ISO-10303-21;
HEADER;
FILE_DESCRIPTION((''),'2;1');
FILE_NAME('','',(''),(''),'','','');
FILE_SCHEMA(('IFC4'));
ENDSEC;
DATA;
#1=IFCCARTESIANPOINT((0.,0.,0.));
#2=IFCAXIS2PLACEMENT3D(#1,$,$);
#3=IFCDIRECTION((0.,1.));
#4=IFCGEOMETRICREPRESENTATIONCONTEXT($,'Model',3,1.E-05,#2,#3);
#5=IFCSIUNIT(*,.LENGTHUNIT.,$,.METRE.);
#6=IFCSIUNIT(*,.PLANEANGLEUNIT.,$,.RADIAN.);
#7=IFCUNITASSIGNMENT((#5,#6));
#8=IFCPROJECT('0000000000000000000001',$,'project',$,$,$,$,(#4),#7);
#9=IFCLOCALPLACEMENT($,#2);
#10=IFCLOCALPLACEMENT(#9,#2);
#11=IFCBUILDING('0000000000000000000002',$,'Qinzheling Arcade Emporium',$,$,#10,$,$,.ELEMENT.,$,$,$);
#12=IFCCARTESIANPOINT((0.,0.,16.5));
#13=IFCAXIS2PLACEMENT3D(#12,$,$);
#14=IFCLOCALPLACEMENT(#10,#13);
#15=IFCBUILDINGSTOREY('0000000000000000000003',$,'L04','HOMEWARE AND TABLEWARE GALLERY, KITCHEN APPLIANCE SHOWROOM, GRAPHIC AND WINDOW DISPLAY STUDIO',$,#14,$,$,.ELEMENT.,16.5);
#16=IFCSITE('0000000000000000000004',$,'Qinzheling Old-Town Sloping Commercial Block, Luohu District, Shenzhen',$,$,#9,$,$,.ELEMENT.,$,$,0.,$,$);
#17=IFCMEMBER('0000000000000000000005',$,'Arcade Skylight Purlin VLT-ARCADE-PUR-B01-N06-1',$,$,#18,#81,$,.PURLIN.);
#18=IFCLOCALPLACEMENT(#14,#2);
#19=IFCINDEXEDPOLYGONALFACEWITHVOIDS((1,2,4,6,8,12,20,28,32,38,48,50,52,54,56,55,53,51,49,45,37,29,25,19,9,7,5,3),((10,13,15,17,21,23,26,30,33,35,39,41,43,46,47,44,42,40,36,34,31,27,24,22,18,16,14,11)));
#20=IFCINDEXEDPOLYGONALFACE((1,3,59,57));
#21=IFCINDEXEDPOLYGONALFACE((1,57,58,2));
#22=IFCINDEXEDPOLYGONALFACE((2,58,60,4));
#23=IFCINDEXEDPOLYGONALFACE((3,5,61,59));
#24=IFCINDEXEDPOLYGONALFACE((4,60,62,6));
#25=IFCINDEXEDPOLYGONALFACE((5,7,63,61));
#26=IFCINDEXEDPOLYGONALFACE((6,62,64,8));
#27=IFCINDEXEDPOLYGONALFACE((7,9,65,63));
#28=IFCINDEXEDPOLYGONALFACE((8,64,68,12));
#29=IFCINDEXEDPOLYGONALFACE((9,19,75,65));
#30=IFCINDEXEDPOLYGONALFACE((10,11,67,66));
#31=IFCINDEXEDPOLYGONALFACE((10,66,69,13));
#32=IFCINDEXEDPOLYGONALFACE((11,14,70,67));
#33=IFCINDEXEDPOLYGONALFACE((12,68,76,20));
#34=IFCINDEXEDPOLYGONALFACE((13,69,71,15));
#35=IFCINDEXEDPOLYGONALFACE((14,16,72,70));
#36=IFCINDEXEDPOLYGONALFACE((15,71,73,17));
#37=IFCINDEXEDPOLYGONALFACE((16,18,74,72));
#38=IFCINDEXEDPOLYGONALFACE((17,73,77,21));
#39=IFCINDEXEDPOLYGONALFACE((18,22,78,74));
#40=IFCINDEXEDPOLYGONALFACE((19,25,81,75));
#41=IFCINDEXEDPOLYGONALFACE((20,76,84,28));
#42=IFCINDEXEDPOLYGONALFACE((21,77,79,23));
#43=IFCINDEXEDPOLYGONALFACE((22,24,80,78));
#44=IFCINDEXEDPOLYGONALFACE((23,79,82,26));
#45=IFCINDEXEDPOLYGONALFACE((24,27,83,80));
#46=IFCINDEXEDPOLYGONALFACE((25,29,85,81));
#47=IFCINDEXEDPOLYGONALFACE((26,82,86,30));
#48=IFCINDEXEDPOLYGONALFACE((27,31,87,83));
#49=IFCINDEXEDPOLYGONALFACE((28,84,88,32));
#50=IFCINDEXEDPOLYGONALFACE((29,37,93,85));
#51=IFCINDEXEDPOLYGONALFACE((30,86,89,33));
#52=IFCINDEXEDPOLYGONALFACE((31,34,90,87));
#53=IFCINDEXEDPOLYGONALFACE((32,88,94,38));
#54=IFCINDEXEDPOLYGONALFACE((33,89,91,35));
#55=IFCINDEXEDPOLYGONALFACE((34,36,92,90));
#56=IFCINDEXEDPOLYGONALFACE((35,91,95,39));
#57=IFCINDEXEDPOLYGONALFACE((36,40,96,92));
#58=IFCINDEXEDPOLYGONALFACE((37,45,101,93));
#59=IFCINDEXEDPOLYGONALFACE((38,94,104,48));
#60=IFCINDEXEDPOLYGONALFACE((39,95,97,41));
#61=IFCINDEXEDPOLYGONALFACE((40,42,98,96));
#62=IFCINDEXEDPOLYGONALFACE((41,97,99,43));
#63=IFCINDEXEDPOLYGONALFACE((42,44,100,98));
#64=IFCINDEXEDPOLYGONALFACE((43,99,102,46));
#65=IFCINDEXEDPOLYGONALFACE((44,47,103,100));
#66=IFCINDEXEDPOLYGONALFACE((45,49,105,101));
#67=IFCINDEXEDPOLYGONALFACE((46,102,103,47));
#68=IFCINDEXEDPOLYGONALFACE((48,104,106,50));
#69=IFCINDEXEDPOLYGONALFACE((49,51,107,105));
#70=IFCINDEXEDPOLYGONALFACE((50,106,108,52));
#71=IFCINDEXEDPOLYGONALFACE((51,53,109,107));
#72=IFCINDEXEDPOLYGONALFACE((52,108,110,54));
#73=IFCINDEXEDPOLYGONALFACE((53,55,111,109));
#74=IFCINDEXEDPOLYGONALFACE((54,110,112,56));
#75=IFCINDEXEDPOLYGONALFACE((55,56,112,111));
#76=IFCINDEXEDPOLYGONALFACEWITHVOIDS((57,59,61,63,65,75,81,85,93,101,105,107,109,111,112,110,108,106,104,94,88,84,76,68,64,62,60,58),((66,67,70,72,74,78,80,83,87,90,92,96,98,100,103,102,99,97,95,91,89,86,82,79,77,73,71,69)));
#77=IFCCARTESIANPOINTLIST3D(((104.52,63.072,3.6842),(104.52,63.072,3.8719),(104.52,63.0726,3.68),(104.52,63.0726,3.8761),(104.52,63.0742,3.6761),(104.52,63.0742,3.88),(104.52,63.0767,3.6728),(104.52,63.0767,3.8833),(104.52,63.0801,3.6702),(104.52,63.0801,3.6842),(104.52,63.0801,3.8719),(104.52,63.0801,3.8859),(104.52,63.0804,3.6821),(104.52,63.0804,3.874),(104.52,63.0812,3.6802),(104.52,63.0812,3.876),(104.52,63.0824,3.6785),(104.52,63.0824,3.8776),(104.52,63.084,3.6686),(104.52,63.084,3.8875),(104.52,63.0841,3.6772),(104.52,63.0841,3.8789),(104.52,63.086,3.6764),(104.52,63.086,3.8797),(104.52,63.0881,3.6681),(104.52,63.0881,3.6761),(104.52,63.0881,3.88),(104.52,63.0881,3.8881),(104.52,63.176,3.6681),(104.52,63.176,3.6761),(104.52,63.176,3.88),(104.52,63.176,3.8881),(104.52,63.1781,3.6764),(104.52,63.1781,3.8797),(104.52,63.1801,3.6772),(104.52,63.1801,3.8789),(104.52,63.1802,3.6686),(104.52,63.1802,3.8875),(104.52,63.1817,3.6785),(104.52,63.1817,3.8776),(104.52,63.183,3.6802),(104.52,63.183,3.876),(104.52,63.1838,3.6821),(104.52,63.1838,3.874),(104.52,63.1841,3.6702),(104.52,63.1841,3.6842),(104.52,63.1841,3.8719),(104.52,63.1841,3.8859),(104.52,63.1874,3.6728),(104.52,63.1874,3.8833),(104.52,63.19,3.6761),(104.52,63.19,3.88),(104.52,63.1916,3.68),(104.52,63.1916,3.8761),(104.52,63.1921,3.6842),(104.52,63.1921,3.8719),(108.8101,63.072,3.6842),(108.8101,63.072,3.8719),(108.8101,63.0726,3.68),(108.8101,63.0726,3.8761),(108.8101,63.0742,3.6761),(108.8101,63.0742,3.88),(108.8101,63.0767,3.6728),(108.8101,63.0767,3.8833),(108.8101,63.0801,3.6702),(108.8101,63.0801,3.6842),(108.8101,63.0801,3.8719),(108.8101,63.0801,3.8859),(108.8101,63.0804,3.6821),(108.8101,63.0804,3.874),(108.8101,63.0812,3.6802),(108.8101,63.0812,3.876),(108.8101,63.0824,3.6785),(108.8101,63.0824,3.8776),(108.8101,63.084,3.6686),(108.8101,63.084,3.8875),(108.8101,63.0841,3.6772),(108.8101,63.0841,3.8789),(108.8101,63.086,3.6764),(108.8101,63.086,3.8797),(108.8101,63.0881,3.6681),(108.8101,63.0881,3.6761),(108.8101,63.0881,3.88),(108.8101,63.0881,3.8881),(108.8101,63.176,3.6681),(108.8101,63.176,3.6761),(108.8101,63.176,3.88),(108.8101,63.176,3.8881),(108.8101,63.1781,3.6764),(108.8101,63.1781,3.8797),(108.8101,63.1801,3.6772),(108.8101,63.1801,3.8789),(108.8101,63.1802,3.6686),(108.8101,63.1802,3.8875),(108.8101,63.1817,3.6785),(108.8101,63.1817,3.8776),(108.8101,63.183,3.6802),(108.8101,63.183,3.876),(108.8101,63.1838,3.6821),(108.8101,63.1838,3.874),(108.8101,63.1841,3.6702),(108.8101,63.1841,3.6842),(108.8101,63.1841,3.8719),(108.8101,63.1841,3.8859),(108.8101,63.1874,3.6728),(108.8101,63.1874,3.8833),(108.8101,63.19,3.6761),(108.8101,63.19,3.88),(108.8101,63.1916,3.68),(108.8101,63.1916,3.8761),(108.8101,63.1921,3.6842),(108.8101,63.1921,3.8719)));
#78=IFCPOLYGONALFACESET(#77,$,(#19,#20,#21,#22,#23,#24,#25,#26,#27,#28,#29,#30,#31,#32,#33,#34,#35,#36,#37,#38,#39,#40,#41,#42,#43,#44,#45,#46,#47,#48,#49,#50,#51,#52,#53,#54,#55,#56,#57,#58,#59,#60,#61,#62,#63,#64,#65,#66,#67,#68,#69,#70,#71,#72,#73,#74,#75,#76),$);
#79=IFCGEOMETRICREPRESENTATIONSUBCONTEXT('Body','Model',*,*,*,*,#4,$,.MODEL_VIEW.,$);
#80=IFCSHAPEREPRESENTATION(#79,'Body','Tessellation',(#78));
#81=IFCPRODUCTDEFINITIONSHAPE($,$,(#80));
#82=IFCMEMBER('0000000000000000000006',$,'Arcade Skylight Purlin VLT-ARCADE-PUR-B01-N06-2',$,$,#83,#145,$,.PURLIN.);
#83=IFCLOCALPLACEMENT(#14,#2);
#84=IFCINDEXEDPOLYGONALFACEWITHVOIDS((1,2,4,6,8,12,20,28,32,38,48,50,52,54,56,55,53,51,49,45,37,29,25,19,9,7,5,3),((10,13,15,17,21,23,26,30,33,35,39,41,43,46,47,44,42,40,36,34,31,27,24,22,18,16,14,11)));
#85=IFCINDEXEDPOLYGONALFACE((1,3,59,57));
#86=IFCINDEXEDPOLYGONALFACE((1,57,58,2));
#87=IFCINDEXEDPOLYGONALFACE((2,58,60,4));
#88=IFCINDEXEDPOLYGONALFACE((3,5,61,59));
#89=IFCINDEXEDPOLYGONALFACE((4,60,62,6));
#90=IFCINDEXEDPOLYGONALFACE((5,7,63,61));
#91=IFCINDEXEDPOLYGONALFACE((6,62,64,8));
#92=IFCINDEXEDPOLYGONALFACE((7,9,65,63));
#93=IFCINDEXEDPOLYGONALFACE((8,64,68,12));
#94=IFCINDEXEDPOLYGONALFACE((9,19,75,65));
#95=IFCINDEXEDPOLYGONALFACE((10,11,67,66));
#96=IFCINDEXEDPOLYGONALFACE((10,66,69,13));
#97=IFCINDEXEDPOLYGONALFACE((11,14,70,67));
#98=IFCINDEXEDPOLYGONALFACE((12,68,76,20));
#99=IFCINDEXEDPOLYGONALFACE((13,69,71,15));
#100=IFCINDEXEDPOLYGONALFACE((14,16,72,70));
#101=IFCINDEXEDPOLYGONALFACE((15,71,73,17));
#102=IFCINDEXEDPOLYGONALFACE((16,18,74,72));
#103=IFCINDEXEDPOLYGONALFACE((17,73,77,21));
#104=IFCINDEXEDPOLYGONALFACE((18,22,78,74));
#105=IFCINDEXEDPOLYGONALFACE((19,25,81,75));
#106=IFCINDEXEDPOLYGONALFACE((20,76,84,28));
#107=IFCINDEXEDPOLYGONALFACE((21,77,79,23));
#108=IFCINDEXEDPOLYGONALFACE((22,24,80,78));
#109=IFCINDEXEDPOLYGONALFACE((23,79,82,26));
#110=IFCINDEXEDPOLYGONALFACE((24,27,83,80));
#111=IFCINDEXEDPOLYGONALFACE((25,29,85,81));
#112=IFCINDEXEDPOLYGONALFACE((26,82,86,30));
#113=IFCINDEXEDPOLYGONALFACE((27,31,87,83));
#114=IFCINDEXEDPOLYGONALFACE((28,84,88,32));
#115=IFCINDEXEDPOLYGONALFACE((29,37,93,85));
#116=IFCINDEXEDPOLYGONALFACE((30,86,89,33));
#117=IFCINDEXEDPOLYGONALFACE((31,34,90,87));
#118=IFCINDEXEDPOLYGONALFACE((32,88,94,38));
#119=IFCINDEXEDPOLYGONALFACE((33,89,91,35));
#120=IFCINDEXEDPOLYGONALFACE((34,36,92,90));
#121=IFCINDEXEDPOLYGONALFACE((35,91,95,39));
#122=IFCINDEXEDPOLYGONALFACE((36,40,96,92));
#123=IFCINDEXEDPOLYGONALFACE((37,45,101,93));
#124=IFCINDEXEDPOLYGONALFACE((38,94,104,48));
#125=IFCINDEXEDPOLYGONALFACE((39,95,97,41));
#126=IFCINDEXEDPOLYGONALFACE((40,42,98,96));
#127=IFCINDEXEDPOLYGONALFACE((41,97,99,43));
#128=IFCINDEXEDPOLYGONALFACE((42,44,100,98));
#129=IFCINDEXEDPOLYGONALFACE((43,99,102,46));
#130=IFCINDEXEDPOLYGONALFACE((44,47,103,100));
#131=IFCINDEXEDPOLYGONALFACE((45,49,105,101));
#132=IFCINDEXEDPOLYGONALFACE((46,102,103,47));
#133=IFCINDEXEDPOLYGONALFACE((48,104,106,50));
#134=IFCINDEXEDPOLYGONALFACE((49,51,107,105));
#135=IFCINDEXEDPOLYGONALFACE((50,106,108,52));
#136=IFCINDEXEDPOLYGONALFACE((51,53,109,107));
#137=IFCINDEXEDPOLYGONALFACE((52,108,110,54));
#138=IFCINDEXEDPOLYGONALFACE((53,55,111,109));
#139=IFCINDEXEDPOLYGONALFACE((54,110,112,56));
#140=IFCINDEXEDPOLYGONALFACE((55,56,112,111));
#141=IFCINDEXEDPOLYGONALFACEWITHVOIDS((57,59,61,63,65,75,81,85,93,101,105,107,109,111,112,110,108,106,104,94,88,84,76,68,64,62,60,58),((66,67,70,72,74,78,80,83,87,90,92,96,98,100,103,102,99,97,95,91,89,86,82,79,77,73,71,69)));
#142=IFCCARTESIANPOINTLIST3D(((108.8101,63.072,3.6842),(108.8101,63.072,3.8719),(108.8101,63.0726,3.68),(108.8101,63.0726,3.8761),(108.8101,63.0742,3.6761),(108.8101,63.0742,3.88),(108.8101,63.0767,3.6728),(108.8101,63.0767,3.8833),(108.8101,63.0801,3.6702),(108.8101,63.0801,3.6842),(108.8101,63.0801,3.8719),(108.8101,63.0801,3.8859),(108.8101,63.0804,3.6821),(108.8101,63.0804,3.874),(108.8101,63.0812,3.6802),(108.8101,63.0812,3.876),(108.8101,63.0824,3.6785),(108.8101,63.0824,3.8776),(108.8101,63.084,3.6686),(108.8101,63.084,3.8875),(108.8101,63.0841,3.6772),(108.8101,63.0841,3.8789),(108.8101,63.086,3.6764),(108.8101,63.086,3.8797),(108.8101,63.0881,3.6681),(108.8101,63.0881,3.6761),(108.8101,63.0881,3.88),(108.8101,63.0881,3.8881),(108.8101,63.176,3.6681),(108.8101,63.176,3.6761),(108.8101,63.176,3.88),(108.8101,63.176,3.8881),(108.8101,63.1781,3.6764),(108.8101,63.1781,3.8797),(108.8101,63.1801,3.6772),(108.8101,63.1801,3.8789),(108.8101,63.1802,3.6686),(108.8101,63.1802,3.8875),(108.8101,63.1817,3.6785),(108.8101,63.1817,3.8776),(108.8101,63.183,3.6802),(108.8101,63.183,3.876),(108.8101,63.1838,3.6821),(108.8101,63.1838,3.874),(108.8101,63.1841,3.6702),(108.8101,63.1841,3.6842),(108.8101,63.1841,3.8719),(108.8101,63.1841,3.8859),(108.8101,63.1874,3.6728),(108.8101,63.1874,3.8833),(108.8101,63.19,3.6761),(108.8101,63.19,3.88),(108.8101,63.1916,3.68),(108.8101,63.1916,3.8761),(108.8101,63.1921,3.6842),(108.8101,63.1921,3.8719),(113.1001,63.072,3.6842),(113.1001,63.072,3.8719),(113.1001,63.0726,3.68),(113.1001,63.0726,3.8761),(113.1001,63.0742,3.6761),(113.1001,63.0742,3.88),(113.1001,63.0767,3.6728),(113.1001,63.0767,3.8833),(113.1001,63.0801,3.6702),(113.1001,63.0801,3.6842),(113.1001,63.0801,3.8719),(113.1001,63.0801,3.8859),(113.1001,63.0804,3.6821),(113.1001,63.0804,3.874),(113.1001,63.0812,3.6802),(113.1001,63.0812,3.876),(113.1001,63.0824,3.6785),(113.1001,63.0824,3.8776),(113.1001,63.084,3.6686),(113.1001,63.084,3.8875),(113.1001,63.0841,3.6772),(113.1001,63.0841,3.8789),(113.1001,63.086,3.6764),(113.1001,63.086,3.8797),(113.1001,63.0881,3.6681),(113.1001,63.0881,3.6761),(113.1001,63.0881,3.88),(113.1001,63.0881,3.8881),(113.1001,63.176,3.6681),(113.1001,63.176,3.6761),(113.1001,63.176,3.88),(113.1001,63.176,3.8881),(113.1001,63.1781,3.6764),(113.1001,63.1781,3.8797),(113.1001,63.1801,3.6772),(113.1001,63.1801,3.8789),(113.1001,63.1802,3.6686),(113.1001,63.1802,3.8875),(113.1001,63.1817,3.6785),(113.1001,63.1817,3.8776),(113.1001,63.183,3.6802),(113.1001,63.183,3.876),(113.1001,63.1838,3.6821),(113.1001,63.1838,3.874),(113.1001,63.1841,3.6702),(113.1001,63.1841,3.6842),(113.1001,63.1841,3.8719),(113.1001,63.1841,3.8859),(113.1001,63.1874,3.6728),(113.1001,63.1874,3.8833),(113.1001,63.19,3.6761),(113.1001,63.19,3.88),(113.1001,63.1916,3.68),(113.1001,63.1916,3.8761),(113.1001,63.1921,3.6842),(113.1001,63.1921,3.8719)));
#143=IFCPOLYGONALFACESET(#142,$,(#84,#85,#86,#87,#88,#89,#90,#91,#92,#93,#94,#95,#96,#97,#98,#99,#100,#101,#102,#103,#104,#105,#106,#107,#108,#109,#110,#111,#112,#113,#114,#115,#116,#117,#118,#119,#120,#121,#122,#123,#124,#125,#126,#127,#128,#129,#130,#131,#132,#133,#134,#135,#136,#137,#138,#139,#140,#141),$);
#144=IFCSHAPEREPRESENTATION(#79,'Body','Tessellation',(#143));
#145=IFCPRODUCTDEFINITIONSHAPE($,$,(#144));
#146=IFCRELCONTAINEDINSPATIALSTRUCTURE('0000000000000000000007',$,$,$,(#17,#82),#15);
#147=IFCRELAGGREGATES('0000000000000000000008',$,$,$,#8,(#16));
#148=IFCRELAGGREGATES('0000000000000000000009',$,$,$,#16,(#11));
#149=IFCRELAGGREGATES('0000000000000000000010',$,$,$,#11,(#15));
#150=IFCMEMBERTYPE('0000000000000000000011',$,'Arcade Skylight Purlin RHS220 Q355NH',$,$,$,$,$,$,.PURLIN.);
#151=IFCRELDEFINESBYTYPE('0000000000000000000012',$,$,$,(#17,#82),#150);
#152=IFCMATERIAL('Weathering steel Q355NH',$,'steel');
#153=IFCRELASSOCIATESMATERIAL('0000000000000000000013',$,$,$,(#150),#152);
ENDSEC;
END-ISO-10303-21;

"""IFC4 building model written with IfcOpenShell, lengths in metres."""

from ifc_helpers import new_model, si_unit, direction, frame, origin, origin_2d, place, context, subcontext, project, spatial, hollow_rectangle, extrude, material, material_profile, profile_set, type_object, element, save


model = new_model("IFC4")

# Units and contexts
model_context = context("Model", 3, precision=1e-05, world=origin(), true_north=direction((0.0, 1.0)))
body_context = subcontext(model_context, "Body", "Model", "MODEL_VIEW")
ifc_project = project(units=[si_unit("LENGTHUNIT", "METRE"), si_unit("PLANEANGLEUNIT", "RADIAN")], contexts=[model_context])

# Site, building, storey
site_placement = place(None, origin())
site = spatial("IfcSite", under=ifc_project, at=site_placement, Name="Qinzheling Old-Town Sloping Commercial Block, Luohu District, Shenzhen", CompositionType="ELEMENT", RefElevation=0.0)
building_placement = place(site_placement, origin())
building = spatial("IfcBuilding", under=site, at=building_placement, Name="Qinzheling Arcade Emporium", CompositionType="ELEMENT")
storey_placement = place(building_placement, frame((0.0, 0.0, 16.5)))
storey = spatial("IfcBuildingStorey", under=building, at=storey_placement, Name="L04", Description="HOMEWARE AND TABLEWARE GALLERY, KITCHEN APPLIANCE SHOWROOM, GRAPHIC AND WINDOW DISPLAY STUDIO", CompositionType="ELEMENT", Elevation=16.5)

# Shared definitions
ifc_material_1 = material(Name="Weathering steel Q355NH", Category="steel")

# Members
ifc_material_profile_1 = material_profile(ifc_material_1, hollow_rectangle(XDim=0.1201, YDim=0.22, WallThickness=0.0081, InnerFilletRadius=0.0081, OuterFilletRadius=0.0161, at=origin_2d()), Name="RHS 220x120x8", Category="steel")
ifc_profile_set_1 = profile_set([ifc_material_profile_1], Name="Weathering steel Q355NH")
member_type_1 = type_object("IfcMemberType", Name="Arcade Skylight Purlin RHS220 Q355NH", PredefinedType="PURLIN", material=ifc_profile_set_1)
for number, where, z_axis, x_axis, name in (
    (1, (104.52, 63.1321, 3.7781), (1.0, 0.0, 0.0), (0.0, 1.0, 0.0), "Arcade Skylight Purlin VLT-ARCADE-PUR-B01-N06-1"),
    (2, (108.8101, 63.1321, 3.7781), (1.0, 0.0, 0.0), (0.0, 1.0, 0.0), "Arcade Skylight Purlin VLT-ARCADE-PUR-B01-N06-2"),
):
    element("IfcMember", number, at=place(storey_placement, frame(where, z_axis=z_axis, x_axis=x_axis)), inside=storey, type_object=member_type_1, Name=name, PredefinedType="PURLIN", context=body_context, shape_type="SweptSolid", body=[
        extrude(hollow_rectangle(XDim=0.1201, YDim=0.22, WallThickness=0.0081, InnerFilletRadius=0.0081, OuterFilletRadius=0.0161, at=origin_2d()), origin(), (0.0, 0.0, 1.0), 4.29),
    ])

save(model, "model.ifc")
